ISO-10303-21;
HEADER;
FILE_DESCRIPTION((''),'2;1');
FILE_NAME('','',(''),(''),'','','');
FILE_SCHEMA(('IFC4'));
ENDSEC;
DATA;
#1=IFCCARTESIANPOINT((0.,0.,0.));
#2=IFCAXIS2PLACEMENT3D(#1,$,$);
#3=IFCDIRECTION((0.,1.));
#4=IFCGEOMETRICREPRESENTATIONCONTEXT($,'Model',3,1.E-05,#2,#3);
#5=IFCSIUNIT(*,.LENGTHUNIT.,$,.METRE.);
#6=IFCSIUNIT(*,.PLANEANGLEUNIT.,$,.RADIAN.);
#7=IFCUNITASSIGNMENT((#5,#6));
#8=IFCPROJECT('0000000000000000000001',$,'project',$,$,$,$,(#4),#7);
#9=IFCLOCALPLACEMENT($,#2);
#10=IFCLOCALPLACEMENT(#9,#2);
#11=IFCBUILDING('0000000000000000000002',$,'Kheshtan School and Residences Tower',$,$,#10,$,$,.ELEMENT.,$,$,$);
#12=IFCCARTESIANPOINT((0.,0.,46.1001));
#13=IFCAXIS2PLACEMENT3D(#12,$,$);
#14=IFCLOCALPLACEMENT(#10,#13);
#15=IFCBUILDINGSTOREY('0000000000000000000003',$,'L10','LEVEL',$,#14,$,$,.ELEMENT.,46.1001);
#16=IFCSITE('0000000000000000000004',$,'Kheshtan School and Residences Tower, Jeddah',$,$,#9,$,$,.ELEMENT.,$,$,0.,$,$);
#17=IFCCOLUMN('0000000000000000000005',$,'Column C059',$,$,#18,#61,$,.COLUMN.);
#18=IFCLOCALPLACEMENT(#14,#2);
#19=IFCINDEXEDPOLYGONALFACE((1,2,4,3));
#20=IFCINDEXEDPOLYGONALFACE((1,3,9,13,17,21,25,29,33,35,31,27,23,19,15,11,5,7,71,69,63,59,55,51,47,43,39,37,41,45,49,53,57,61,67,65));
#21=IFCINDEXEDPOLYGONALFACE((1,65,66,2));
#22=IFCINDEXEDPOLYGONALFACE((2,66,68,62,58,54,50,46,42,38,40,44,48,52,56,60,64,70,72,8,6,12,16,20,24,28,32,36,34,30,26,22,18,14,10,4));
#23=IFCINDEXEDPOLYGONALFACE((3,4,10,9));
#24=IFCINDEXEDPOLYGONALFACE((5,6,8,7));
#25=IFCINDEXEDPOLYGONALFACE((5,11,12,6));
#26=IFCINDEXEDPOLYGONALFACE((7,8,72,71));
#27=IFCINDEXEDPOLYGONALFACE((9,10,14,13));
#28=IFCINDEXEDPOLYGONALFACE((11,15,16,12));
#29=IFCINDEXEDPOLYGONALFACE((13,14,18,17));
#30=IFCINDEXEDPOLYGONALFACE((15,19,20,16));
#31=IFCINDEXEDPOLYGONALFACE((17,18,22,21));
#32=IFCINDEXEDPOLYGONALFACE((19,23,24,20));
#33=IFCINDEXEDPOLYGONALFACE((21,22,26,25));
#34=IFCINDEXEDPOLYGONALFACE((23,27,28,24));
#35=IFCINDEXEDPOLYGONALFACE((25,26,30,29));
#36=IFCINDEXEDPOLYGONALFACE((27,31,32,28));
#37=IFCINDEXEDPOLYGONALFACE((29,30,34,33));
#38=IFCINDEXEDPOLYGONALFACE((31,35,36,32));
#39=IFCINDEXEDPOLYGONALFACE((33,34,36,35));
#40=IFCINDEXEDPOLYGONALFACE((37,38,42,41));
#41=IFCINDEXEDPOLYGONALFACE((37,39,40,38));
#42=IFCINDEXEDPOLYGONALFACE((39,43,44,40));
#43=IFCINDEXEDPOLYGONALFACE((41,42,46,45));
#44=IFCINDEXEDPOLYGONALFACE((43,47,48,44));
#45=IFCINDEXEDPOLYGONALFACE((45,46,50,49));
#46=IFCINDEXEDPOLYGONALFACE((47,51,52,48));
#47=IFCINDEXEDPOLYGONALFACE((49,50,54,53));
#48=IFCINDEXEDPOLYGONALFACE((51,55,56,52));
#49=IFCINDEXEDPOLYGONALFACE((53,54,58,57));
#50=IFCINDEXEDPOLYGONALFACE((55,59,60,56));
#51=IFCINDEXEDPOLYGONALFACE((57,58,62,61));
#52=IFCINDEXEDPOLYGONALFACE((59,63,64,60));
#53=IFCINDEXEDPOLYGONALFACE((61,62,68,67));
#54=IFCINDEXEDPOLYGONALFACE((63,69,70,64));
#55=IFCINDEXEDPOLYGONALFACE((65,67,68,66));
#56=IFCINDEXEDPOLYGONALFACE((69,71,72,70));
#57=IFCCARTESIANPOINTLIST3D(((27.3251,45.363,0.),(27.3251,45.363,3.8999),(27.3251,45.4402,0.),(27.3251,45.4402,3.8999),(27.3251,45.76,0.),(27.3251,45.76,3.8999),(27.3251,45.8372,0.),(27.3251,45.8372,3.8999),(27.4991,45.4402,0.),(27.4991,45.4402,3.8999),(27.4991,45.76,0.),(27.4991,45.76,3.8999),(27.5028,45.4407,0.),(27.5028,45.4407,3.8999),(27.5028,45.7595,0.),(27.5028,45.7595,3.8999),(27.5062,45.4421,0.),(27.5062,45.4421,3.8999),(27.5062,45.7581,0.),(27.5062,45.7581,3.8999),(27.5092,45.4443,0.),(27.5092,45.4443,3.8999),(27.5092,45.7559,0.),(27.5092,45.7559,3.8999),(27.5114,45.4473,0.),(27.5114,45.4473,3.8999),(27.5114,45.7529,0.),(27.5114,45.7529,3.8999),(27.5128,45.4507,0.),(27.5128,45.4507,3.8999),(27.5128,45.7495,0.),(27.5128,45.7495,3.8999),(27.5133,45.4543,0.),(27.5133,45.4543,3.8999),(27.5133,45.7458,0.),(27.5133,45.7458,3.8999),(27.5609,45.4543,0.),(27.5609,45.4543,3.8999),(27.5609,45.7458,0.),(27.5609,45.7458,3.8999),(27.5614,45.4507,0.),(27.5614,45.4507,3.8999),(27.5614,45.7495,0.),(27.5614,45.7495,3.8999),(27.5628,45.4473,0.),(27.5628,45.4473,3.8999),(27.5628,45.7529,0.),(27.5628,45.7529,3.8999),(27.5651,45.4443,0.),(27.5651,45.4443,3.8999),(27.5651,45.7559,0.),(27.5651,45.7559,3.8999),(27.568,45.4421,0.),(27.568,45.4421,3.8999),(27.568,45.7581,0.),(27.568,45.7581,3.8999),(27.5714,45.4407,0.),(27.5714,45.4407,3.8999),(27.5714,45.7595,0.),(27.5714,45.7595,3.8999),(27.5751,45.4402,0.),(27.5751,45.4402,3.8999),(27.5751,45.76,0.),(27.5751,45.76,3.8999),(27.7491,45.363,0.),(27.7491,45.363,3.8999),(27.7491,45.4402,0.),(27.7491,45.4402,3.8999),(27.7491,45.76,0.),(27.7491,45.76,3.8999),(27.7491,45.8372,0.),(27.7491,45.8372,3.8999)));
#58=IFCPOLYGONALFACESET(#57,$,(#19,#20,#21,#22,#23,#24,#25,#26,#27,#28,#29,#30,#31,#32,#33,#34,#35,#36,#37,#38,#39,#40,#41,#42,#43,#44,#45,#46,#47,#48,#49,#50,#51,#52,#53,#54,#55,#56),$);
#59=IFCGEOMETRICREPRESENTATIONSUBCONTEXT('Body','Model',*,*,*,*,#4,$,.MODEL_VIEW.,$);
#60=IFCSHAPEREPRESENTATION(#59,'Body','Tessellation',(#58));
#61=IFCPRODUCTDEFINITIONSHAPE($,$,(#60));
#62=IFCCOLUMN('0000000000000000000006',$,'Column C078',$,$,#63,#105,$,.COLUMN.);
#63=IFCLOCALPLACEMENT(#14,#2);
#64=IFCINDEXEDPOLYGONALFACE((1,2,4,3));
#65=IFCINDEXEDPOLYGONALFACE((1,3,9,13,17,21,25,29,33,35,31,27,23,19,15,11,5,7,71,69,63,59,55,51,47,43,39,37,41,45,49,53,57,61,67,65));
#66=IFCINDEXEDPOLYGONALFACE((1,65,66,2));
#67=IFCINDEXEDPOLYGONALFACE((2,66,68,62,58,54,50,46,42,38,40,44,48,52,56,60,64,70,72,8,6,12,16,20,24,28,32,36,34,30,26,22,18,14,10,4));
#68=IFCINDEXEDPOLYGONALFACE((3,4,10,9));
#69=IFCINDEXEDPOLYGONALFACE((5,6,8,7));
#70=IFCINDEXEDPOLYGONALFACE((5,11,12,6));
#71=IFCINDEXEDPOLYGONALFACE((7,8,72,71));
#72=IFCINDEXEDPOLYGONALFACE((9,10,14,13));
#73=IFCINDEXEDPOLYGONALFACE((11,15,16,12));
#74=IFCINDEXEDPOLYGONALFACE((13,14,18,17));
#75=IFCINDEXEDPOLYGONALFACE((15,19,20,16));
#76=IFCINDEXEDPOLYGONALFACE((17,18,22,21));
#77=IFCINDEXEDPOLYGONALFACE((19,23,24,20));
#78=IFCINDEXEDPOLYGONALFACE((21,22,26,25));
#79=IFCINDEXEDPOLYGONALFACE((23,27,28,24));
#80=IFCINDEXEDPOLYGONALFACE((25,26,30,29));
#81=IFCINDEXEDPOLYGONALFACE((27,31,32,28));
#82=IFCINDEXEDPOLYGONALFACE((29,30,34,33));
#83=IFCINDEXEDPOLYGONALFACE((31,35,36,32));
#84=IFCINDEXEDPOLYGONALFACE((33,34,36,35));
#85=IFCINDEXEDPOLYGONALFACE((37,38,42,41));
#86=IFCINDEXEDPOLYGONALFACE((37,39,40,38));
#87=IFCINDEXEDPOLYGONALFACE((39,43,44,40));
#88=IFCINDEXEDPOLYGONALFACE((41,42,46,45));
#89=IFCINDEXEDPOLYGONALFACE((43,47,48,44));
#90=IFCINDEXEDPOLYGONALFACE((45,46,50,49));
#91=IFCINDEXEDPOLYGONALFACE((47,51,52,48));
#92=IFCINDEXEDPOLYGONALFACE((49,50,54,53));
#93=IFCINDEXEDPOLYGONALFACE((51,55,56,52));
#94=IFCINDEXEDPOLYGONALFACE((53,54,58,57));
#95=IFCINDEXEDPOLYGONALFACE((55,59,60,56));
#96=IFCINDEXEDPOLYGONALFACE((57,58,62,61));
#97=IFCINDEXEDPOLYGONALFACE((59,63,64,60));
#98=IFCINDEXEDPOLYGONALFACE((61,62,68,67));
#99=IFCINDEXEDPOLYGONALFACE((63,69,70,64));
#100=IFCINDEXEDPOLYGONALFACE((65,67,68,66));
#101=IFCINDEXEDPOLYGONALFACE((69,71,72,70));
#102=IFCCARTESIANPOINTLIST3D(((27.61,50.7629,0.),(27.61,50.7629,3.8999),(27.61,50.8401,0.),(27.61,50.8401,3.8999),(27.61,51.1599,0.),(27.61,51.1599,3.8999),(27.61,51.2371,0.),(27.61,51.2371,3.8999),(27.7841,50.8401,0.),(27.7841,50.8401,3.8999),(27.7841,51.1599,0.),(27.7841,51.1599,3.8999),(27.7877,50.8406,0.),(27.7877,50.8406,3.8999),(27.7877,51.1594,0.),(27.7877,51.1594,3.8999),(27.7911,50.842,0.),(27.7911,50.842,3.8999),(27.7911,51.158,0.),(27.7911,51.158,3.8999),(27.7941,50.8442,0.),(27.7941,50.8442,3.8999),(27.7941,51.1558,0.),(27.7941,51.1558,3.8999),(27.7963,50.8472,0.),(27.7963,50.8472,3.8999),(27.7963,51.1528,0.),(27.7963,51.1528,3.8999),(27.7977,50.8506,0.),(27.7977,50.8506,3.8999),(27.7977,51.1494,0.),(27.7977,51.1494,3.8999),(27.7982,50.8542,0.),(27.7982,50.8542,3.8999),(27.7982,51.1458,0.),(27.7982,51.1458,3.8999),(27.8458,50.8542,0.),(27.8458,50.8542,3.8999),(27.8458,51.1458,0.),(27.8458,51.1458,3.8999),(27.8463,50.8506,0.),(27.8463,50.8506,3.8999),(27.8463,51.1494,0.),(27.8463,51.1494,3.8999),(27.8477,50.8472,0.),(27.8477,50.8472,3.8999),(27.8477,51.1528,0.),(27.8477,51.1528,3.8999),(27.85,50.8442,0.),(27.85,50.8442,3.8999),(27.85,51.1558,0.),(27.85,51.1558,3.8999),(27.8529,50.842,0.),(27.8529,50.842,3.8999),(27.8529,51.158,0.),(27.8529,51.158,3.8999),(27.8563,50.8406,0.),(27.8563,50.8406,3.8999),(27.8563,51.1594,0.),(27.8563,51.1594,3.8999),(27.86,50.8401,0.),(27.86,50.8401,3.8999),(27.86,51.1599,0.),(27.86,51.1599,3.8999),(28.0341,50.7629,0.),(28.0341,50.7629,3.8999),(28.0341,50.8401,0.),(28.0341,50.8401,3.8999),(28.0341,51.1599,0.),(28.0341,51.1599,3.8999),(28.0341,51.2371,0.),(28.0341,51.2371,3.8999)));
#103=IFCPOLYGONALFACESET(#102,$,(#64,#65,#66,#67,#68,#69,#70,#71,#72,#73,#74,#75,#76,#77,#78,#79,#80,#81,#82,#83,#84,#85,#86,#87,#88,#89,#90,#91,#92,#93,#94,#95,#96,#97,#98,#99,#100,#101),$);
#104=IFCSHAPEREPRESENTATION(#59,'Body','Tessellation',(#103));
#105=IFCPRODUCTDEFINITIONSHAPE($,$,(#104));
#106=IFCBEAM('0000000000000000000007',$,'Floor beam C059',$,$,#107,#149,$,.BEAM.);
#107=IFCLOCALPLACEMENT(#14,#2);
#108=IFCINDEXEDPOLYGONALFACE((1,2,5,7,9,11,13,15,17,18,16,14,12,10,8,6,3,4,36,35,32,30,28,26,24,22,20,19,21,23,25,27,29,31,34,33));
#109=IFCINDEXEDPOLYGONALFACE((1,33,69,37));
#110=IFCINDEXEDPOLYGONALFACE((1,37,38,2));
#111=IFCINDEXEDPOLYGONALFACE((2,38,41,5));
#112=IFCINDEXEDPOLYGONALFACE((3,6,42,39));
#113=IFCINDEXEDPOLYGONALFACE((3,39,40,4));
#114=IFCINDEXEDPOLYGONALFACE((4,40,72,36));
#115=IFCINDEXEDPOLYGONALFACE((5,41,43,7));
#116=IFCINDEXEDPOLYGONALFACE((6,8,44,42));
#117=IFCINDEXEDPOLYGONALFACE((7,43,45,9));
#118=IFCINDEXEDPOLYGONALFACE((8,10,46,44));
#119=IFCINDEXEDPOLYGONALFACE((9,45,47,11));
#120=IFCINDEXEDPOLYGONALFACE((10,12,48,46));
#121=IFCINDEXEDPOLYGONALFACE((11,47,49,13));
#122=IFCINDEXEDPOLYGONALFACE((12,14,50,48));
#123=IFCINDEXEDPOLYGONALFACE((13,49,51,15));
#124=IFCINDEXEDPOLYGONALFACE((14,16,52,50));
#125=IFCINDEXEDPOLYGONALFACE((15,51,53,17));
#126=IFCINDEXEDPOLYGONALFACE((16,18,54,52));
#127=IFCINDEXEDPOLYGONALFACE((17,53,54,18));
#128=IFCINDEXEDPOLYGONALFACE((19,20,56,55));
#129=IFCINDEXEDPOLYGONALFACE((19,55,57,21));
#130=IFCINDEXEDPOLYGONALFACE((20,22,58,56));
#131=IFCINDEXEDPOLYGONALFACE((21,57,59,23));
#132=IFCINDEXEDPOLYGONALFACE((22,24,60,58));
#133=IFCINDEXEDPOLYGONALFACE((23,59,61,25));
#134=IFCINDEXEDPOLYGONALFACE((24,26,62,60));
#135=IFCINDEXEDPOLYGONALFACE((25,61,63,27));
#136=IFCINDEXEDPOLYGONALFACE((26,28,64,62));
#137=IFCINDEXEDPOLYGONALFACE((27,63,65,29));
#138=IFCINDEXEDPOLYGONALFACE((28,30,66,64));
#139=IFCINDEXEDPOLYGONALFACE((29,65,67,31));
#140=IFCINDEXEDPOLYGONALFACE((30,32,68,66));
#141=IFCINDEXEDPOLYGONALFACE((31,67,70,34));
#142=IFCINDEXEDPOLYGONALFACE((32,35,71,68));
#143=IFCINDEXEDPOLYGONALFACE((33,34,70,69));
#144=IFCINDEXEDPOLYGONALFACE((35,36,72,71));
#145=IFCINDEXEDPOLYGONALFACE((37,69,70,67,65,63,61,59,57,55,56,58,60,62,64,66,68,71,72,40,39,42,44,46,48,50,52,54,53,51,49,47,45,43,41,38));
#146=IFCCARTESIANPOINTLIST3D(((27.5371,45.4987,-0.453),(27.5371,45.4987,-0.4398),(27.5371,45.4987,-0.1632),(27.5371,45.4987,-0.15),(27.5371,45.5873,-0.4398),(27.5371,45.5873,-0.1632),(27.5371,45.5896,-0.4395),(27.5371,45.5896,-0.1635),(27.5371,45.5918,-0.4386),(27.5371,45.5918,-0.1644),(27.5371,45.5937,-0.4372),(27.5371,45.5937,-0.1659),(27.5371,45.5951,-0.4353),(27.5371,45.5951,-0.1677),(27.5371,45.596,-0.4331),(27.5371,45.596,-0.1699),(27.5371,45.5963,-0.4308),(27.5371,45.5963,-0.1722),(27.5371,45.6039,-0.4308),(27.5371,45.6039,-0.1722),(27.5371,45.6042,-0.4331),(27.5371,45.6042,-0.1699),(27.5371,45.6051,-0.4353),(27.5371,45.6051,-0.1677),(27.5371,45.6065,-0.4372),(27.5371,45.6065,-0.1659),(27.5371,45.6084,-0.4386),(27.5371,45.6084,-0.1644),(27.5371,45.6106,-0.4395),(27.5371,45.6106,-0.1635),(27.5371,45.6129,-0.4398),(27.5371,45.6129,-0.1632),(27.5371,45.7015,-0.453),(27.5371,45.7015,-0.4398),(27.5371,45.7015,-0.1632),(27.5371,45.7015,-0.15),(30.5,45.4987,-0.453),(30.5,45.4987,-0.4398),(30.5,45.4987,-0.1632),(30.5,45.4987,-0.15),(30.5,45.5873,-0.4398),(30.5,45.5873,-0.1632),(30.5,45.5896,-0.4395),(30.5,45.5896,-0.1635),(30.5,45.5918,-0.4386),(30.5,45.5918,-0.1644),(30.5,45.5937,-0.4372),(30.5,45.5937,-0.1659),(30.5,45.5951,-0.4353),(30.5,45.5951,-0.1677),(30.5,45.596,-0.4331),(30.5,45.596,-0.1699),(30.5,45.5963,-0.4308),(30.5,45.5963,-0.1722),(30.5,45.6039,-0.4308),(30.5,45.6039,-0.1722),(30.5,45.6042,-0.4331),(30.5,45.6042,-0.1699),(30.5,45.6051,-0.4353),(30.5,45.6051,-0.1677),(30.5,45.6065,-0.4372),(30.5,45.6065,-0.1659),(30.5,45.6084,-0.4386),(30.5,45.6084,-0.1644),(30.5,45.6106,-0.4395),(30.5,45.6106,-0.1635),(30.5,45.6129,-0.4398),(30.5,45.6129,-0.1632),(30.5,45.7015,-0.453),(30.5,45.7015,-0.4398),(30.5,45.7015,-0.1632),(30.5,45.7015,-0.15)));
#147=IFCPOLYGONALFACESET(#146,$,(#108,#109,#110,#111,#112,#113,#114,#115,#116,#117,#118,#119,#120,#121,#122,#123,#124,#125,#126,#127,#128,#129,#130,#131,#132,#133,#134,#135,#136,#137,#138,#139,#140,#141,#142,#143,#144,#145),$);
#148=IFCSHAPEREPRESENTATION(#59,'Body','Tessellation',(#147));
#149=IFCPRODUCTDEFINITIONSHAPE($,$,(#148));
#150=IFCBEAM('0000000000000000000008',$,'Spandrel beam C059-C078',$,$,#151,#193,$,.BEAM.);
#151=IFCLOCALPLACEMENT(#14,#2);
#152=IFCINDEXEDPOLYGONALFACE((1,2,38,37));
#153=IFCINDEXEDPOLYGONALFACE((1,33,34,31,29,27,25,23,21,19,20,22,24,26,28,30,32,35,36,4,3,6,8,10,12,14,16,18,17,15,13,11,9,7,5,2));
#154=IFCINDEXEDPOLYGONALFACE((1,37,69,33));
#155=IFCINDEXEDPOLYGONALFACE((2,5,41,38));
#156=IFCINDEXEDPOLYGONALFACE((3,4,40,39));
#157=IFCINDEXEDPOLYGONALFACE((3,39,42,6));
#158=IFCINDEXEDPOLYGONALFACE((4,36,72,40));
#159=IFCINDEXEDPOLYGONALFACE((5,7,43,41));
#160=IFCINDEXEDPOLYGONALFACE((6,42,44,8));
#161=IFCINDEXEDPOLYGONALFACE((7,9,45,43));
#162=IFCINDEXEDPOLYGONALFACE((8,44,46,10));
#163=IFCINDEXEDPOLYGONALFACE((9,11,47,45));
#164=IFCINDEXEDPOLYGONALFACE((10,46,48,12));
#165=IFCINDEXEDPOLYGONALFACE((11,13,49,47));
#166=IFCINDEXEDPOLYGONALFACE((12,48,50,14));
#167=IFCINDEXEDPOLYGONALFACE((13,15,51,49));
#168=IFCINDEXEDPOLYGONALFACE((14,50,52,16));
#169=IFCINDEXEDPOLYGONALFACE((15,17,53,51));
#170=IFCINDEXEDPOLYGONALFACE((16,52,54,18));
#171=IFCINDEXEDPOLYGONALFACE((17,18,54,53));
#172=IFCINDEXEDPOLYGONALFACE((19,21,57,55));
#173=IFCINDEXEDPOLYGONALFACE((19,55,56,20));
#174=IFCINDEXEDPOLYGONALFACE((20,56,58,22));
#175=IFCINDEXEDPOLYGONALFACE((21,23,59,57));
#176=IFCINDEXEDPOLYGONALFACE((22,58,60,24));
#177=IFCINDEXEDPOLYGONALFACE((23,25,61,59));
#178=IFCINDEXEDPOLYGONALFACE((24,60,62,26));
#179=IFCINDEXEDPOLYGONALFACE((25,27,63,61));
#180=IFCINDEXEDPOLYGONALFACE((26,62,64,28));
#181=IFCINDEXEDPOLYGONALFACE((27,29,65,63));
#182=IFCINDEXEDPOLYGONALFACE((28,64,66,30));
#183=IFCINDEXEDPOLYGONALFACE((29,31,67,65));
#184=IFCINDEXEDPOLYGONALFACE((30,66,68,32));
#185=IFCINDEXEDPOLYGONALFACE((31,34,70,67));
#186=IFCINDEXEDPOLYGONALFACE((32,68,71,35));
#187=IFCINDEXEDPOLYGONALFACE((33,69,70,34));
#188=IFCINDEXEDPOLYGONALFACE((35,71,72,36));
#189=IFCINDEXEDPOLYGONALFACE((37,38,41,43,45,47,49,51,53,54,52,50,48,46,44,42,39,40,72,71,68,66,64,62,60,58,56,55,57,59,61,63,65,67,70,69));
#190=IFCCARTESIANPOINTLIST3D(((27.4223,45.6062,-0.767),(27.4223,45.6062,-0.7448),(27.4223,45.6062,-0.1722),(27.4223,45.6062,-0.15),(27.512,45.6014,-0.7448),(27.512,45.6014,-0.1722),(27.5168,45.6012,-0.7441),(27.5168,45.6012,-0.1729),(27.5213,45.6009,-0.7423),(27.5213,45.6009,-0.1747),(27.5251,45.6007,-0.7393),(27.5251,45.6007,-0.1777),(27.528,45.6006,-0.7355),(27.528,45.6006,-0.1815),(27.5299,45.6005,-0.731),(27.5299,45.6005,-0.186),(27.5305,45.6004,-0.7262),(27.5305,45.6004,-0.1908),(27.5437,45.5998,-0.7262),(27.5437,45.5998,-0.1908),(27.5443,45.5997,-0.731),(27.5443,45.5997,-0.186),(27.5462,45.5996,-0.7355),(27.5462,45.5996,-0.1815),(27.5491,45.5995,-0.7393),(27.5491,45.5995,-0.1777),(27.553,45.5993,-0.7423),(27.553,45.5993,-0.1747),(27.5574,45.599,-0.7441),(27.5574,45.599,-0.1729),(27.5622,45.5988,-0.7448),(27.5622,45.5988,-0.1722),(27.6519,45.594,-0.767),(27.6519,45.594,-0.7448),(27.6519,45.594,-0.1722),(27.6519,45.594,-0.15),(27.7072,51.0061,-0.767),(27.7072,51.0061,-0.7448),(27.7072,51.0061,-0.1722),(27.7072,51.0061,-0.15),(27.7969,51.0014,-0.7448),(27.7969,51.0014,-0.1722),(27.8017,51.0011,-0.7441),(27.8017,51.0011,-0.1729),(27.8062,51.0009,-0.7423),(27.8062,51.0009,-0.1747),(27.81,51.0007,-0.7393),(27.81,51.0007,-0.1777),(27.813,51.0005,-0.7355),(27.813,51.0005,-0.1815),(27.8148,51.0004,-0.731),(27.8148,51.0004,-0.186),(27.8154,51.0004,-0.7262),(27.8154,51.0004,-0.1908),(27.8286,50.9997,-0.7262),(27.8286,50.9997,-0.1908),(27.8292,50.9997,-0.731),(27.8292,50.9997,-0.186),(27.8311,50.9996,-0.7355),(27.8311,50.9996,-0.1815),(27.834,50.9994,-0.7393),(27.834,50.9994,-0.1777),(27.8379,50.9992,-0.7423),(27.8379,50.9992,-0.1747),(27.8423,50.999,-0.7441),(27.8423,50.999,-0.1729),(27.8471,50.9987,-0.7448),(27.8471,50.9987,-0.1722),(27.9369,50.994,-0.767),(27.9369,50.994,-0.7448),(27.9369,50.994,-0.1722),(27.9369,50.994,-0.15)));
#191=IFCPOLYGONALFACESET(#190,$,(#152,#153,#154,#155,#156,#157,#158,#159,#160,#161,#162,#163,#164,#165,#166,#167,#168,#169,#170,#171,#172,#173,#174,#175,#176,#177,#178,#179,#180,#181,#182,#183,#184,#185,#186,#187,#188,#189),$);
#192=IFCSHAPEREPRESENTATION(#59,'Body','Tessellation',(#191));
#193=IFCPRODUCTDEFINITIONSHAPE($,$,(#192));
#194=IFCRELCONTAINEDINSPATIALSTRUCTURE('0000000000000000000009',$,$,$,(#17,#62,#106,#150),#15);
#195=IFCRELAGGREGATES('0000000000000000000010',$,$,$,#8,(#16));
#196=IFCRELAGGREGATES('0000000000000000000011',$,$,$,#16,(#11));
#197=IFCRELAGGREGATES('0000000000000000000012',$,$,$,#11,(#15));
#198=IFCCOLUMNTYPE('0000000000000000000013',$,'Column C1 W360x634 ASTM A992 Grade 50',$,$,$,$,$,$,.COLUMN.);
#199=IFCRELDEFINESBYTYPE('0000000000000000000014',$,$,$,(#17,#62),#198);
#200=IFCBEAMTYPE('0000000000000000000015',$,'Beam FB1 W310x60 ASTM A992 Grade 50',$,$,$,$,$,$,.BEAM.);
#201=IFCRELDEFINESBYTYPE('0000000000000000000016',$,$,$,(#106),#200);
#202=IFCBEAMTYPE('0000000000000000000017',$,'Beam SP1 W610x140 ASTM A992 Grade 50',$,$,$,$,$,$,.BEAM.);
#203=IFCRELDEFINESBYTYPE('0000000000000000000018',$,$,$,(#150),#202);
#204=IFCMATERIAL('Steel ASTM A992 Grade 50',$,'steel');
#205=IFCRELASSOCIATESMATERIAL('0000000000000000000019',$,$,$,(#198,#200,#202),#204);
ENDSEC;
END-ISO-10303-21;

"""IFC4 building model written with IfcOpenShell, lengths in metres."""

from ifc_helpers import new_model, si_unit, direction, frame, origin, origin_2d, place, context, subcontext, project, spatial, i_section, extrude, material, material_profile, profile_set, type_object, element, save


model = new_model("IFC4")

# Units and contexts
model_context = context("Model", 3, precision=1e-05, world=origin(), true_north=direction((0.0, 1.0)))
body_context = subcontext(model_context, "Body", "Model", "MODEL_VIEW")
ifc_project = project(units=[si_unit("LENGTHUNIT", "METRE"), si_unit("PLANEANGLEUNIT", "RADIAN")], contexts=[model_context])

# Site, building, storey
site_placement = place(None, origin())
site = spatial("IfcSite", under=ifc_project, at=site_placement, Name="Kheshtan School and Residences Tower, Jeddah", CompositionType="ELEMENT", RefElevation=0.0)
building_placement = place(site_placement, origin())
building = spatial("IfcBuilding", under=site, at=building_placement, Name="Kheshtan School and Residences Tower", CompositionType="ELEMENT")
storey_placement = place(building_placement, frame((0.0, 0.0, 46.1001)))
storey = spatial("IfcBuildingStorey", under=building, at=storey_placement, Name="L10", Description="LEVEL", CompositionType="ELEMENT", Elevation=46.1001)

# Columns
ifc_material_1 = material(Name="Steel ASTM A992 Grade 50", Category="steel")
ifc_material_profile_1 = material_profile(ifc_material_1, i_section(OverallWidth=0.4241, OverallDepth=0.4741, WebThickness=0.0476, FlangeThickness=0.0771, FilletRadius=0.0142, at=origin_2d()), Name="W360x634")
ifc_profile_set_1 = profile_set([ifc_material_profile_1], Name="Steel ASTM A992 Grade 50")
column_type = type_object("IfcColumnType", Name="Column C1 W360x634 ASTM A992 Grade 50", PredefinedType="COLUMN", material=ifc_profile_set_1)
for number, where, z_axis, x_axis, name in (
    (1, (27.5371, 45.6001, 0.0), (0.0, 0.0, 1.0), (1.0, 0.0, 0.0), "Column C059"),
    (2, (27.822, 51.0, 0.0), (0.0, 0.0, 1.0), (1.0, 0.0, 0.0), "Column C078"),
):
    element("IfcColumn", number, at=place(storey_placement, frame(where, z_axis=z_axis, x_axis=x_axis)), inside=storey, type_object=column_type, Name=name, PredefinedType="COLUMN", context=body_context, shape_type="SweptSolid", body=[
        extrude(i_section(OverallWidth=0.4241, OverallDepth=0.4741, WebThickness=0.0476, FlangeThickness=0.0771, FilletRadius=0.0142, at=origin_2d()), origin(), (0.0, 0.0, 1.0), 3.8999),
    ])

# Beams
ifc_material_profile_2 = material_profile(ifc_material_1, i_section(OverallWidth=0.2029, OverallDepth=0.303, WebThickness=0.0076, FlangeThickness=0.0132, FilletRadius=0.009, at=origin_2d()), Name="W310x60")
ifc_profile_set_2 = profile_set([ifc_material_profile_2], Name="Steel ASTM A992 Grade 50")
beam_type_1 = type_object("IfcBeamType", Name="Beam FB1 W310x60 ASTM A992 Grade 50", PredefinedType="BEAM", material=ifc_profile_set_2)
beam_placement = place(storey_placement, frame((27.5371, 45.6001, -0.3015), z_axis=(1.0, 0.0, 0.0), x_axis=(0.0, 1.0, 0.0)))
element("IfcBeam", 3, at=beam_placement, inside=storey, type_object=beam_type_1, Name="Floor beam C059", PredefinedType="BEAM", context=body_context, shape_type="SweptSolid", body=[
    extrude(i_section(OverallWidth=0.2029, OverallDepth=0.303, WebThickness=0.0076, FlangeThickness=0.0132, FilletRadius=0.009, at=origin_2d()), origin(), (0.0, 0.0, 1.0), 2.9629),
])
ifc_material_profile_3 = material_profile(ifc_material_1, i_section(OverallWidth=0.23, OverallDepth=0.6169, WebThickness=0.0132, FlangeThickness=0.0222, FilletRadius=0.0186, at=origin_2d()), Name="W610x140")
ifc_profile_set_3 = profile_set([ifc_material_profile_3], Name="Steel ASTM A992 Grade 50")
beam_type_2 = type_object("IfcBeamType", Name="Beam SP1 W610x140 ASTM A992 Grade 50", PredefinedType="BEAM", material=ifc_profile_set_3)
for number, where, z_axis, x_axis, name in (
    (4, (27.5371, 45.6001, -0.4585), (0.052689, 0.998611, 0.0), (-0.998611, 0.052689, 0.0), "Spandrel beam C059-C078"),
):
    element("IfcBeam", number, at=place(storey_placement, frame(where, z_axis=z_axis, x_axis=x_axis)), inside=storey, type_object=beam_type_2, Name=name, PredefinedType="BEAM", context=body_context, shape_type="SweptSolid", body=[
        extrude(i_section(OverallWidth=0.23, OverallDepth=0.6169, WebThickness=0.0132, FlangeThickness=0.0222, FilletRadius=0.0186, at=origin_2d()), origin(), (0.0, 0.0, 1.0), 5.4075),
    ])

save(model, "model.ifc")
